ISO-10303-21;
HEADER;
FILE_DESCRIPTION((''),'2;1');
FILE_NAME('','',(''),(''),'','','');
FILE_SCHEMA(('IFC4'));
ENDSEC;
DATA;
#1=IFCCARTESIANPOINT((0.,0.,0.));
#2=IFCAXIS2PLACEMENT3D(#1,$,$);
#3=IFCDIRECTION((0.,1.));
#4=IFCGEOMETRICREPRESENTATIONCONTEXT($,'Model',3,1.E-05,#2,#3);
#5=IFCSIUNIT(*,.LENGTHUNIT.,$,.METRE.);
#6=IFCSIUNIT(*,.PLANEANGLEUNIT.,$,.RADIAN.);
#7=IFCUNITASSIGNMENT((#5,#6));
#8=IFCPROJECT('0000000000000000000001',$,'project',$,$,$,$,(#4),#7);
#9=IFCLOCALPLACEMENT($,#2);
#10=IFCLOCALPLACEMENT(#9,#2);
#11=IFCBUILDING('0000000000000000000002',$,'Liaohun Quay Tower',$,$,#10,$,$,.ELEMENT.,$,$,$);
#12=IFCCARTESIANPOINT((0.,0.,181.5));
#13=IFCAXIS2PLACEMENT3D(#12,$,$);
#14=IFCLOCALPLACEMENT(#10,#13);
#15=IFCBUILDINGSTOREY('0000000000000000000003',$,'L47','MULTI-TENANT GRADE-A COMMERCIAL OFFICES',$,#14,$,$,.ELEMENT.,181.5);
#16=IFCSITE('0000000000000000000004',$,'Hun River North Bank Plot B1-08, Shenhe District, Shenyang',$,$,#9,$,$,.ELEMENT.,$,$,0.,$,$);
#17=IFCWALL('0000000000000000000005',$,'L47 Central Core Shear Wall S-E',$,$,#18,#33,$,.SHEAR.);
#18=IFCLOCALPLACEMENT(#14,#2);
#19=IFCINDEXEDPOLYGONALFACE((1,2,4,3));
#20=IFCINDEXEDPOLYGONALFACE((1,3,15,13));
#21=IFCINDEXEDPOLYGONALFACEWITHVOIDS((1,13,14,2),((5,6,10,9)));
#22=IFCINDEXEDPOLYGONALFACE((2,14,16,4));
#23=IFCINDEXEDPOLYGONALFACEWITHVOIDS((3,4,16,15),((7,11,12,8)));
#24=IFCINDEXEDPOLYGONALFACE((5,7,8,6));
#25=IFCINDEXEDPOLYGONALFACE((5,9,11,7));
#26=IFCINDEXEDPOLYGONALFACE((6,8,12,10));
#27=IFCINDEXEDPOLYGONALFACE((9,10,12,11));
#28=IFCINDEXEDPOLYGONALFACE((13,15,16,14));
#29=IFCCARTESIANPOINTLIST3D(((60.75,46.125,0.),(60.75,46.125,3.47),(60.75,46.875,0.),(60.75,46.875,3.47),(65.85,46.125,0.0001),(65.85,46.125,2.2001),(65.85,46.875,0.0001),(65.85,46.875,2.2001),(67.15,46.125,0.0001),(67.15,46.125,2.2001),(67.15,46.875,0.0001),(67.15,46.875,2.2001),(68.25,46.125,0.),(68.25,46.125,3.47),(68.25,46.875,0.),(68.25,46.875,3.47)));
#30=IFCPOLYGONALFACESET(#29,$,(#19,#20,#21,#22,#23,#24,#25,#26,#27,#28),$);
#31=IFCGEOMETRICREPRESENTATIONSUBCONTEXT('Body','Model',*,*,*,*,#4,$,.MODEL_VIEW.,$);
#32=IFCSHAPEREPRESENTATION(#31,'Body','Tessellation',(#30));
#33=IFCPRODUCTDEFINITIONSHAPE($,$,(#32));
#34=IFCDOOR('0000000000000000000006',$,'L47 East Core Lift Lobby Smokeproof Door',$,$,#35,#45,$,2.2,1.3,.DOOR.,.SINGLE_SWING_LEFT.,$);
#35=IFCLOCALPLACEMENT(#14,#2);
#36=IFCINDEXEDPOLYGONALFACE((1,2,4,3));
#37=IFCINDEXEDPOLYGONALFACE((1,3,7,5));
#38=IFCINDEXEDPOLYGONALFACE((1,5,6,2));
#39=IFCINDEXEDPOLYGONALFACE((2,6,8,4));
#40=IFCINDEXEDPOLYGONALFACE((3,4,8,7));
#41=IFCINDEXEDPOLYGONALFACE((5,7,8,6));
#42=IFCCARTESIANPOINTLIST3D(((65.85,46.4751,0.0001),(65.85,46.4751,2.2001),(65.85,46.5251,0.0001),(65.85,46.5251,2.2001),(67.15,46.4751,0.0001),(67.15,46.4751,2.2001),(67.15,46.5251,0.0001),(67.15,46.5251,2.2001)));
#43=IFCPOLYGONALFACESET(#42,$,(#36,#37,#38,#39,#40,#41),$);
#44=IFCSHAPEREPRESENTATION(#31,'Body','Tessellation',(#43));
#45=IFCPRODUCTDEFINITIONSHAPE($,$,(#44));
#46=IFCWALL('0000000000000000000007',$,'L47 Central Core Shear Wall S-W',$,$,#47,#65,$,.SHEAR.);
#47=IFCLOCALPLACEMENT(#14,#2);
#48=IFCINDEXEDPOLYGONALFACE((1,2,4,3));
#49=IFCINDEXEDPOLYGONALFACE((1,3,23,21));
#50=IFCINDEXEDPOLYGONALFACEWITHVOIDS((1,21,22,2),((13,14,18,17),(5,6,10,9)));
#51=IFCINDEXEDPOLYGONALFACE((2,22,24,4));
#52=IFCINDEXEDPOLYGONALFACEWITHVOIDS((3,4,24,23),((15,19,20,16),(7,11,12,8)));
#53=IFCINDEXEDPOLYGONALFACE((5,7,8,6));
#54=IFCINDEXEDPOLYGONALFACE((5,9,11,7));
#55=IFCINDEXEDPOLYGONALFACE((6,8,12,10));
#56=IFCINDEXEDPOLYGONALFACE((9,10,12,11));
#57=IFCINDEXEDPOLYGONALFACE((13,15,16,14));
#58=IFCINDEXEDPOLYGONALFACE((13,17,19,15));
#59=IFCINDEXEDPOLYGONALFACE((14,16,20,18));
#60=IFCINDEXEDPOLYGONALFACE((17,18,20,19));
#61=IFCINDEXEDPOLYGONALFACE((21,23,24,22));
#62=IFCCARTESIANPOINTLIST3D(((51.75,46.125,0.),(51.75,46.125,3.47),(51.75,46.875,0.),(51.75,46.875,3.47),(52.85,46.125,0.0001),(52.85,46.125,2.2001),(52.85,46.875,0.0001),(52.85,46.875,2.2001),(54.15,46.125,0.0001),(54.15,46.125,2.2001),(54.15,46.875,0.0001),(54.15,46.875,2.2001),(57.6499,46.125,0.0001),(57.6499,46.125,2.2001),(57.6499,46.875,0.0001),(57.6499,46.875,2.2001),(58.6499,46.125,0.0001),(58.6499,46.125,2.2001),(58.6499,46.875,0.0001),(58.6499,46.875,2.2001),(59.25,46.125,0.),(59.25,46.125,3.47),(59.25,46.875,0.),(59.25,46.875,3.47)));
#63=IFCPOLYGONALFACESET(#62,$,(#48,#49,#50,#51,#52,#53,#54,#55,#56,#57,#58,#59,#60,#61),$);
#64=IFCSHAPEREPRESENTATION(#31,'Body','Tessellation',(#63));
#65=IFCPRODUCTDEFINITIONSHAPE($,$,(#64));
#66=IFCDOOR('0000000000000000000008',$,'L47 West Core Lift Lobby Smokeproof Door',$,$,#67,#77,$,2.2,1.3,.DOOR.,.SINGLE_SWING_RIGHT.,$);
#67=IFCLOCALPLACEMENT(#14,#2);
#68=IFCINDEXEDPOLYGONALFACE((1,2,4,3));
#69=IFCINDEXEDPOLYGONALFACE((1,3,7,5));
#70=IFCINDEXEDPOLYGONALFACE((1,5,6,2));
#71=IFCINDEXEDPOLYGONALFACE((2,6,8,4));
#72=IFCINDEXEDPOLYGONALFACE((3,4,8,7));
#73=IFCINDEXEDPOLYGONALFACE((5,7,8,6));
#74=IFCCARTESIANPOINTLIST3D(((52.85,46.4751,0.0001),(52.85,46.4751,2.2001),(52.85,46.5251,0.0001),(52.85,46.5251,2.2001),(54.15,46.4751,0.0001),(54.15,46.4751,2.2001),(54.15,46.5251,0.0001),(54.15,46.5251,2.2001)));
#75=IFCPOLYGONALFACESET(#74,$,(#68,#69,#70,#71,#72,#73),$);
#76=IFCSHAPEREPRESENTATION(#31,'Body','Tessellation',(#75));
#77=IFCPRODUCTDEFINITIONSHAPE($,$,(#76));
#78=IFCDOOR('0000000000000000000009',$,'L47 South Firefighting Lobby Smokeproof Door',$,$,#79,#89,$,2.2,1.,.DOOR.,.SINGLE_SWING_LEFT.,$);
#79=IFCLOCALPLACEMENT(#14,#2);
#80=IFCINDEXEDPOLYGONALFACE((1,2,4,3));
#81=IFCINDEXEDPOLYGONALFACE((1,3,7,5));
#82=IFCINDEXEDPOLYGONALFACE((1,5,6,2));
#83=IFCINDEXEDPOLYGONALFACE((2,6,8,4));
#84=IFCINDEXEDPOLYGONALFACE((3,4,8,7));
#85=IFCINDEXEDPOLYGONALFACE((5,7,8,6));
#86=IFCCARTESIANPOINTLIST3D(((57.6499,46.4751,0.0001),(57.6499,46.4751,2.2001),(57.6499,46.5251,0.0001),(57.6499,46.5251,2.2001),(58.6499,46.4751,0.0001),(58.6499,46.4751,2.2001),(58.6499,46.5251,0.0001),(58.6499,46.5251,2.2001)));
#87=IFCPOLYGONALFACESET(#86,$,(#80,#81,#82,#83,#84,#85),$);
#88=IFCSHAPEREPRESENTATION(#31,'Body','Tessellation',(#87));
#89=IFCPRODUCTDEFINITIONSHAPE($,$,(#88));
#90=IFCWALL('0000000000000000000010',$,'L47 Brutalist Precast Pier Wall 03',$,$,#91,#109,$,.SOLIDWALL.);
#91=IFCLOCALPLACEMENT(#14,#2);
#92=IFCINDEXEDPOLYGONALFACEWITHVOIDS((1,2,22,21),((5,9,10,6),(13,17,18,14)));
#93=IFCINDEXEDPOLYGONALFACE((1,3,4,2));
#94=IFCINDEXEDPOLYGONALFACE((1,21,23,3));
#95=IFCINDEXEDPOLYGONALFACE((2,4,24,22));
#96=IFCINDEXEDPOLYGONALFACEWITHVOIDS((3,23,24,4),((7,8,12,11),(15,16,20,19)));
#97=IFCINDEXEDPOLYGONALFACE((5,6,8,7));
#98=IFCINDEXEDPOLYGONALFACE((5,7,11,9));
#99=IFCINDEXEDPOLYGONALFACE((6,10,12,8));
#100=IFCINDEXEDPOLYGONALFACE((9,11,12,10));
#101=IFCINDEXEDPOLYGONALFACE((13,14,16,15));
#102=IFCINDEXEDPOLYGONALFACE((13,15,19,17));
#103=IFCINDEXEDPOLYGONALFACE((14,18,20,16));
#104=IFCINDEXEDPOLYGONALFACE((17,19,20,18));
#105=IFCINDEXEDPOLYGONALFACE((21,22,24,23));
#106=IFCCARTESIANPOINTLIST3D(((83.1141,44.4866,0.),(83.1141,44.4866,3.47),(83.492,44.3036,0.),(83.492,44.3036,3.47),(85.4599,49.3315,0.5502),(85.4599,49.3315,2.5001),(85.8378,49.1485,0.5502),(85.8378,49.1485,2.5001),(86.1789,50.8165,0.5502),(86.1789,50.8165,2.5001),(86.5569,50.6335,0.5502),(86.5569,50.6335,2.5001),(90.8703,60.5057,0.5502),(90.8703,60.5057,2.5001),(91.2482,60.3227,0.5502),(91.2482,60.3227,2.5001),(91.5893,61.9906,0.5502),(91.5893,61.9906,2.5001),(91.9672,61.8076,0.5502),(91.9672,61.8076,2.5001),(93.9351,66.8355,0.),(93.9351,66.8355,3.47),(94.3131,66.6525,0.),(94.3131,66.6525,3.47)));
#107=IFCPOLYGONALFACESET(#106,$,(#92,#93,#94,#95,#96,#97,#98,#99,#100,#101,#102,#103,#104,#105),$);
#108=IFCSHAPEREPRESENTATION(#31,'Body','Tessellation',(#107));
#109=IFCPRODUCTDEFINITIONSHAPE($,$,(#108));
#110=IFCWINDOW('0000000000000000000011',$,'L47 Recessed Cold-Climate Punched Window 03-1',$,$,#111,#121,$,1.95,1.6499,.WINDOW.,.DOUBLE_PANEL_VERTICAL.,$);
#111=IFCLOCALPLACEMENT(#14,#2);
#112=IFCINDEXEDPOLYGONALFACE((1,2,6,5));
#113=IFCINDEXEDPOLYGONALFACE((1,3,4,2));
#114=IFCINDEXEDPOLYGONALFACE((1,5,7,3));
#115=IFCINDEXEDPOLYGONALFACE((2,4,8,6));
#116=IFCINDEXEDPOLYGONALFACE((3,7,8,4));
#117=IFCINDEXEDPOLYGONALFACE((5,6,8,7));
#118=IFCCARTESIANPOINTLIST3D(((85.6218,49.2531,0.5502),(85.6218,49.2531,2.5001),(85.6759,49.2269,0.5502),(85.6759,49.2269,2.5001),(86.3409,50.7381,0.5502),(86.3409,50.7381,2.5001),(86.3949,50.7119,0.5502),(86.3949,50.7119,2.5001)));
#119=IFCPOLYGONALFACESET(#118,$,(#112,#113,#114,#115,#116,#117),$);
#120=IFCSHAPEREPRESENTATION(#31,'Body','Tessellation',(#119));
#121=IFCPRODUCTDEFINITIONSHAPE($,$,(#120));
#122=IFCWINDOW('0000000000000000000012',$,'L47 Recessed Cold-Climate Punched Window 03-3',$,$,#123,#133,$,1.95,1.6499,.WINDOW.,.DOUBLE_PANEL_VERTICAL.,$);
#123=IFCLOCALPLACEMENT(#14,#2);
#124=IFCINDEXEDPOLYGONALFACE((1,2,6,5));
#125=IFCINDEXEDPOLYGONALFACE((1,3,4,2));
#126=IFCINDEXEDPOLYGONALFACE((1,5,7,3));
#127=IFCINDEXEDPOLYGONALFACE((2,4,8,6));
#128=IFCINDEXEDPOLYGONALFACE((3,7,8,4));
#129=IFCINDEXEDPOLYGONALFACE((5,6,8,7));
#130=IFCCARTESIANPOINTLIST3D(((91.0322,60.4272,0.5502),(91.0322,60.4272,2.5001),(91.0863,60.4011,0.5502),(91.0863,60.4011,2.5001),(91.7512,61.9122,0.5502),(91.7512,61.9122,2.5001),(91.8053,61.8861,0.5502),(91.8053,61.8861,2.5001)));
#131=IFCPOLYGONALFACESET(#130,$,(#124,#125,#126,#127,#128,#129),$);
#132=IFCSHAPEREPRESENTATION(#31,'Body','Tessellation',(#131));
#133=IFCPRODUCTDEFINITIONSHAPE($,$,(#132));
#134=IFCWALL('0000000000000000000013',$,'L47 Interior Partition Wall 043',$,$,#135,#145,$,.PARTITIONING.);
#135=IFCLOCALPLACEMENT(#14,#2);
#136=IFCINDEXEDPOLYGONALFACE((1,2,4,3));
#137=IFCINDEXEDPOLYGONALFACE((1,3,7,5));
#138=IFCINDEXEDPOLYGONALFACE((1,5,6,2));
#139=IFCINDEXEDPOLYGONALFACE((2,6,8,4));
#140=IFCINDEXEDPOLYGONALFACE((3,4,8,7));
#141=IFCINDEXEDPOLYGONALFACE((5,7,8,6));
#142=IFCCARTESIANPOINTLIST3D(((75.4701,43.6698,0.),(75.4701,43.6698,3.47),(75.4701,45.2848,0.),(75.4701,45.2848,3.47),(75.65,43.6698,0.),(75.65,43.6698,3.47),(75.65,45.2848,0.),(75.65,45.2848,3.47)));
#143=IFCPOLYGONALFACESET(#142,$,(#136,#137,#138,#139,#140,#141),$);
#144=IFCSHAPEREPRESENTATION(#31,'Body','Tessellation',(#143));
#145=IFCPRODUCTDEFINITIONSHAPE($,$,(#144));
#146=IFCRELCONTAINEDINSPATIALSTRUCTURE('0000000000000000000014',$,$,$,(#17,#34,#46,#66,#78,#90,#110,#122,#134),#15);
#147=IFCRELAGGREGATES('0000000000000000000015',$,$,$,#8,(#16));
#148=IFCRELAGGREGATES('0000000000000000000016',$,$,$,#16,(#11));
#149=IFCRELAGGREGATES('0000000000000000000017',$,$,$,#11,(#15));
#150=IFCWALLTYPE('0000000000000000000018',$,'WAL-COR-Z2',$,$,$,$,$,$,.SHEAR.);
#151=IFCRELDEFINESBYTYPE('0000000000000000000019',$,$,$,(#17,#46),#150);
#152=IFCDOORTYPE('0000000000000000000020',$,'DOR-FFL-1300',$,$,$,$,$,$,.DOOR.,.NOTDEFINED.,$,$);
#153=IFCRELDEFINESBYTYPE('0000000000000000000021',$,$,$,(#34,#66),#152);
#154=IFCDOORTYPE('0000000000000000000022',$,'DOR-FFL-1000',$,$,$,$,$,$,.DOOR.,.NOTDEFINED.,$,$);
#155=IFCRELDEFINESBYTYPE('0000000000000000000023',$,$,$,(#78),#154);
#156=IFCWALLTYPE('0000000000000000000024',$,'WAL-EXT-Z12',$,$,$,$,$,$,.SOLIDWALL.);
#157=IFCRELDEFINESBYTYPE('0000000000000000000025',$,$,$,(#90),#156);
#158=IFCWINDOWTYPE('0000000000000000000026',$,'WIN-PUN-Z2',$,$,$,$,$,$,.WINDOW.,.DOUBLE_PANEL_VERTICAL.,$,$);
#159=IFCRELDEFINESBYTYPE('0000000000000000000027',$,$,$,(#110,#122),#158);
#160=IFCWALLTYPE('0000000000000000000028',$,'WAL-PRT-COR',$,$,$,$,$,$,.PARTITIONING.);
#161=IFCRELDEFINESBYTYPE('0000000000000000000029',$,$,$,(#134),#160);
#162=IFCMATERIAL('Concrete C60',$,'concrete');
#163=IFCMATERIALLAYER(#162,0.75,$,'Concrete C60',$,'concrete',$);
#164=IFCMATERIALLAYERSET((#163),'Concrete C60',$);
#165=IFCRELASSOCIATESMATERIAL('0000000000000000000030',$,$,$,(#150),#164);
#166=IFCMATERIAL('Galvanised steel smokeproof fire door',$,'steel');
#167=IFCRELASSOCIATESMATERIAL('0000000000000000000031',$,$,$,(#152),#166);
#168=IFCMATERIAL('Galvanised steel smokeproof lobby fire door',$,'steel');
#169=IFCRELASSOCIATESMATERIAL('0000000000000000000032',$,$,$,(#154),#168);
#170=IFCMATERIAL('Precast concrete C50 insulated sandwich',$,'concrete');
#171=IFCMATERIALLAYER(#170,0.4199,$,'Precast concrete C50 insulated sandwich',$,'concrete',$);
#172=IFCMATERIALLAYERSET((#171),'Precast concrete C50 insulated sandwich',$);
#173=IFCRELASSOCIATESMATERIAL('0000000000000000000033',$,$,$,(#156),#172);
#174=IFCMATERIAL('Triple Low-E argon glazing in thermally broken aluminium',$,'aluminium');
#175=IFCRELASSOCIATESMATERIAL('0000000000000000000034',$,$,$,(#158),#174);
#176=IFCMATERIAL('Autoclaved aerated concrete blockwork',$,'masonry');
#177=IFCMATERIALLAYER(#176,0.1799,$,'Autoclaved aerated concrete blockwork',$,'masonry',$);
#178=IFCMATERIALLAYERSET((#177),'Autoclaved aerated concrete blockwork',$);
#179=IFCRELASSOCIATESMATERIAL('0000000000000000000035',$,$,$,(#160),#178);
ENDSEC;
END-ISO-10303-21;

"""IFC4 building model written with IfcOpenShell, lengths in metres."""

from ifc_helpers import new_model, si_unit, direction, frame, frame_2d, origin, place, context, subcontext, project, spatial, rectangle, extrude, source, transform, mapped, material, layer, layer_set, type_object, element, fill, save


model = new_model("IFC4")

# Units and contexts
model_context = context("Model", 3, precision=1e-05, world=origin(), true_north=direction((0.0, 1.0)))
body_context = subcontext(model_context, "Body", "Model", "MODEL_VIEW")
ifc_project = project(units=[si_unit("LENGTHUNIT", "METRE"), si_unit("PLANEANGLEUNIT", "RADIAN")], contexts=[model_context])

# Site, building, storey
site_placement = place(None, origin())
site = spatial("IfcSite", under=ifc_project, at=site_placement, Name="Hun River North Bank Plot B1-08, Shenhe District, Shenyang", CompositionType="ELEMENT", RefElevation=0.0)
building_placement = place(site_placement, origin())
building = spatial("IfcBuilding", under=site, at=building_placement, Name="Liaohun Quay Tower", CompositionType="ELEMENT")
storey_placement = place(building_placement, frame((0.0, 0.0, 181.5)))
storey = spatial("IfcBuildingStorey", under=building, at=storey_placement, Name="L47", Description="MULTI-TENANT GRADE-A COMMERCIAL OFFICES", CompositionType="ELEMENT", Elevation=181.5)

# Shared definitions
ifc_material_1 = material(Name="Concrete C60", Category="concrete")

# Wall, opening, door
ifc_layer_1 = layer(ifc_material_1, 0.75, Name="Concrete C60", Category="concrete")
ifc_layer_set_1 = layer_set([ifc_layer_1], Name="Concrete C60")
wall_type_1 = type_object("IfcWallType", Name="WAL-COR-Z2", PredefinedType="SHEAR", material=ifc_layer_set_1)
wall_1_placement = place(storey_placement, frame((68.25, 46.5, 0.0), z_axis=(0.0, 0.0, 1.0), x_axis=(-1.0, 0.0, 0.0)))
wall_1 = element("IfcWall", 1, at=wall_1_placement, inside=storey, type_object=wall_type_1, Name="L47 Central Core Shear Wall S-E", PredefinedType="SHEAR", context=body_context, shape_type="SweptSolid", body=[
    extrude(rectangle(XDim=7.5, YDim=0.75, at=frame_2d((3.75, 0.0))), origin(), (0.0, 0.0, 1.0), 3.47),
])
shared_shape_1 = source(origin(), body_context, "Body", "SweptSolid", [
    extrude(rectangle(XDim=1.3, YDim=2.2, at=frame_2d((0.6499, 1.1001))), frame((0.0, 0.385, 0.0), z_axis=(0.0, -1.0, 0.0), x_axis=(1.0, 0.0, 0.0)), (0.0, 0.0, 1.0), 0.77),
])
opening_1_placement = place(wall_1_placement, frame((1.1001, 0.0, 0.0)))
opening_1 = element("IfcOpeningElement", 2, at=opening_1_placement, cuts=wall_1, PredefinedType="OPENING", context=body_context, shape_type="MappedRepresentation", body=[
    mapped(shared_shape_1, transform((0.0, 0.0, 0.0), x_axis=(1.0, 0.0, 0.0), y_axis=(0.0, 1.0, 0.0), z_axis=(0.0, 0.0, 1.0), scale=1.0)),
])
ifc_material_2 = material(Name="Galvanised steel smokeproof fire door", Category="steel")
door_type_1 = type_object("IfcDoorType", Name="DOR-FFL-1300", OperationType="NOTDEFINED", PredefinedType="DOOR", material=ifc_material_2)
shared_shape_2 = source(origin(), body_context, "Body", "SweptSolid", [
    extrude(rectangle(XDim=1.3, YDim=2.2, at=frame_2d((0.6499, 1.1001))), frame((0.0, 0.0249, 0.0), z_axis=(0.0, -1.0, 0.0), x_axis=(1.0, 0.0, 0.0)), (0.0, 0.0, 1.0), 0.05),
])
door_1_placement = place(opening_1_placement, origin())
door_1 = element("IfcDoor", 3, at=door_1_placement, inside=storey, type_object=door_type_1, Name="L47 East Core Lift Lobby Smokeproof Door", OperationType="SINGLE_SWING_LEFT", OverallHeight=2.2, OverallWidth=1.3, PredefinedType="DOOR", context=body_context, shape_type="MappedRepresentation", body=[
    mapped(shared_shape_2, transform((0.0, 0.0, 0.0), x_axis=(1.0, 0.0, 0.0), y_axis=(0.0, 1.0, 0.0), z_axis=(0.0, 0.0, 1.0), scale=1.0)),
])
fill(opening_1, door_1)

# Wall, openings, doors
wall_2_placement = place(storey_placement, frame((59.25, 46.5, 0.0), z_axis=(0.0, 0.0, 1.0), x_axis=(-1.0, 0.0, 0.0)))
wall_2 = element("IfcWall", 4, at=wall_2_placement, inside=storey, type_object=wall_type_1, Name="L47 Central Core Shear Wall S-W", PredefinedType="SHEAR", context=body_context, shape_type="SweptSolid", body=[
    extrude(rectangle(XDim=7.5, YDim=0.75, at=frame_2d((3.75, 0.0))), origin(), (0.0, 0.0, 1.0), 3.47),
])
opening_2_placement = place(wall_2_placement, frame((5.1001, 0.0, 0.0)))
opening_2 = element("IfcOpeningElement", 5, at=opening_2_placement, cuts=wall_2, PredefinedType="OPENING", context=body_context, shape_type="MappedRepresentation", body=[
    mapped(shared_shape_1, transform((0.0, 0.0, 0.0), x_axis=(1.0, 0.0, 0.0), y_axis=(0.0, 1.0, 0.0), z_axis=(0.0, 0.0, 1.0), scale=1.0)),
])
shared_shape_3 = source(origin(), body_context, "Body", "SweptSolid", [
    extrude(rectangle(XDim=1.0, YDim=2.2, at=frame_2d((0.5, 1.1001))), frame((0.0, 0.385, 0.0), z_axis=(0.0, -1.0, 0.0), x_axis=(1.0, 0.0, 0.0)), (0.0, 0.0, 1.0), 0.77),
])
opening_3_placement = place(wall_2_placement, frame((0.6001, 0.0, 0.0)))
opening_3 = element("IfcOpeningElement", 6, at=opening_3_placement, cuts=wall_2, PredefinedType="OPENING", context=body_context, shape_type="MappedRepresentation", body=[
    mapped(shared_shape_3, transform((0.0, 0.0, 0.0), x_axis=(1.0, 0.0, 0.0), y_axis=(0.0, 1.0, 0.0), z_axis=(0.0, 0.0, 1.0), scale=1.0)),
])
door_2_placement = place(opening_2_placement, origin())
door_2 = element("IfcDoor", 7, at=door_2_placement, inside=storey, type_object=door_type_1, Name="L47 West Core Lift Lobby Smokeproof Door", OperationType="SINGLE_SWING_RIGHT", OverallHeight=2.2, OverallWidth=1.3, PredefinedType="DOOR", context=body_context, shape_type="MappedRepresentation", body=[
    mapped(shared_shape_2, transform((0.0, 0.0, 0.0), x_axis=(1.0, 0.0, 0.0), y_axis=(0.0, 1.0, 0.0), z_axis=(0.0, 0.0, 1.0), scale=1.0)),
])
fill(opening_2, door_2)
ifc_material_3 = material(Name="Galvanised steel smokeproof lobby fire door", Category="steel")
door_type_2 = type_object("IfcDoorType", Name="DOR-FFL-1000", OperationType="NOTDEFINED", PredefinedType="DOOR", material=ifc_material_3)
shared_shape_4 = source(origin(), body_context, "Body", "SweptSolid", [
    extrude(rectangle(XDim=1.0, YDim=2.2, at=frame_2d((0.5, 1.1001))), frame((0.0, 0.0249, 0.0), z_axis=(0.0, -1.0, 0.0), x_axis=(1.0, 0.0, 0.0)), (0.0, 0.0, 1.0), 0.05),
])
door_3_placement = place(opening_3_placement, origin())
door_3 = element("IfcDoor", 8, at=door_3_placement, inside=storey, type_object=door_type_2, Name="L47 South Firefighting Lobby Smokeproof Door", OperationType="SINGLE_SWING_LEFT", OverallHeight=2.2, OverallWidth=1.0, PredefinedType="DOOR", context=body_context, shape_type="MappedRepresentation", body=[
    mapped(shared_shape_4, transform((0.0, 0.0, 0.0), x_axis=(1.0, 0.0, 0.0), y_axis=(0.0, 1.0, 0.0), z_axis=(0.0, 0.0, 1.0), scale=1.0)),
])
fill(opening_3, door_3)

# Wall, openings, windows
ifc_material_4 = material(Name="Precast concrete C50 insulated sandwich", Category="concrete")
ifc_layer_2 = layer(ifc_material_4, 0.4199, Name="Precast concrete C50 insulated sandwich", Category="concrete")
ifc_layer_set_2 = layer_set([ifc_layer_2], Name="Precast concrete C50 insulated sandwich")
wall_type_2 = type_object("IfcWallType", Name="WAL-EXT-Z12", PredefinedType="SOLIDWALL", material=ifc_layer_set_2)
wall_3_placement = place(storey_placement, frame((83.303, 44.395, 0.0), z_axis=(0.0, 0.0, 1.0), x_axis=(0.435792, 0.900048, 0.0)))
wall_3 = element("IfcWall", 9, at=wall_3_placement, inside=storey, type_object=wall_type_2, Name="L47 Brutalist Precast Pier Wall 03", PredefinedType="SOLIDWALL", context=body_context, shape_type="SweptSolid", body=[
    extrude(rectangle(XDim=24.8308, YDim=0.4199, at=frame_2d((12.4155, 0.0))), origin(), (0.0, 0.0, 1.0), 3.47),
])
shared_shape_5 = source(origin(), body_context, "Body", "SweptSolid", [
    extrude(rectangle(XDim=1.6499, YDim=1.95, at=frame_2d((0.825, 0.9751))), frame((0.0, 0.22, 0.0), z_axis=(0.0, -1.0, 0.0), x_axis=(1.0, 0.0, 0.0)), (0.0, 0.0, 1.0), 0.4399),
])
opening_4_placement = place(wall_3_placement, frame((5.3831, 0.0, 0.55)))
opening_4 = element("IfcOpeningElement", 10, at=opening_4_placement, cuts=wall_3, PredefinedType="OPENING", context=body_context, shape_type="MappedRepresentation", body=[
    mapped(shared_shape_5, transform((0.0, 0.0, 0.0), x_axis=(1.0, 0.0, 0.0), y_axis=(0.0, 1.0, 0.0), z_axis=(0.0, 0.0, 1.0), scale=1.0)),
])
opening_5_placement = place(wall_3_placement, frame((17.7981, 0.0, 0.55)))
opening_5 = element("IfcOpeningElement", 11, at=opening_5_placement, cuts=wall_3, PredefinedType="OPENING", context=body_context, shape_type="MappedRepresentation", body=[
    mapped(shared_shape_5, transform((0.0, 0.0, 0.0), x_axis=(1.0, 0.0, 0.0), y_axis=(0.0, 1.0, 0.0), z_axis=(0.0, 0.0, 1.0), scale=1.0)),
])
ifc_material_5 = material(Name="Triple Low-E argon glazing in thermally broken aluminium", Category="aluminium")
window_type = type_object("IfcWindowType", Name="WIN-PUN-Z2", PartitioningType="DOUBLE_PANEL_VERTICAL", PredefinedType="WINDOW", material=ifc_material_5)
shared_shape_6 = source(origin(), body_context, "Body", "SweptSolid", [
    extrude(rectangle(XDim=1.6499, YDim=1.95, at=frame_2d((0.825, 0.9751))), frame((0.0, 0.03, 0.0), z_axis=(0.0, -1.0, 0.0), x_axis=(1.0, 0.0, 0.0)), (0.0, 0.0, 1.0), 0.0601),
])
window_1_placement = place(opening_4_placement, origin())
window_1 = element("IfcWindow", 12, at=window_1_placement, inside=storey, type_object=window_type, Name="L47 Recessed Cold-Climate Punched Window 03-1", OverallHeight=1.95, OverallWidth=1.6499, PartitioningType="DOUBLE_PANEL_VERTICAL", PredefinedType="WINDOW", context=body_context, shape_type="MappedRepresentation", body=[
    mapped(shared_shape_6, transform((0.0, 0.0, 0.0), x_axis=(1.0, 0.0, 0.0), y_axis=(0.0, 1.0, 0.0), z_axis=(0.0, 0.0, 1.0), scale=1.0)),
])
fill(opening_4, window_1)
window_2_placement = place(opening_5_placement, origin())
window_2 = element("IfcWindow", 13, at=window_2_placement, inside=storey, type_object=window_type, Name="L47 Recessed Cold-Climate Punched Window 03-3", OverallHeight=1.95, OverallWidth=1.6499, PartitioningType="DOUBLE_PANEL_VERTICAL", PredefinedType="WINDOW", context=body_context, shape_type="MappedRepresentation", body=[
    mapped(shared_shape_6, transform((0.0, 0.0, 0.0), x_axis=(1.0, 0.0, 0.0), y_axis=(0.0, 1.0, 0.0), z_axis=(0.0, 0.0, 1.0), scale=1.0)),
])
fill(opening_5, window_2)

# Wall
ifc_material_6 = material(Name="Autoclaved aerated concrete blockwork", Category="masonry")
ifc_layer_3 = layer(ifc_material_6, 0.1799, Name="Autoclaved aerated concrete blockwork", Category="masonry")
ifc_layer_set_3 = layer_set([ifc_layer_3], Name="Autoclaved aerated concrete blockwork")
wall_type_3 = type_object("IfcWallType", Name="WAL-PRT-COR", PredefinedType="PARTITIONING", material=ifc_layer_set_3)
wall_4_placement = place(storey_placement, frame((75.5601, 45.2849, 0.0), z_axis=(0.0, 0.0, 1.0), x_axis=(0.0, -1.0, 0.0)))
element("IfcWall", 14, at=wall_4_placement, inside=storey, type_object=wall_type_3, Name="L47 Interior Partition Wall 043", PredefinedType="PARTITIONING", context=body_context, shape_type="SweptSolid", body=[
    extrude(rectangle(XDim=1.615, YDim=0.1799, at=frame_2d((0.8076, 0.0))), origin(), (0.0, 0.0, 1.0), 3.47),
])

save(model, "model.ifc")
